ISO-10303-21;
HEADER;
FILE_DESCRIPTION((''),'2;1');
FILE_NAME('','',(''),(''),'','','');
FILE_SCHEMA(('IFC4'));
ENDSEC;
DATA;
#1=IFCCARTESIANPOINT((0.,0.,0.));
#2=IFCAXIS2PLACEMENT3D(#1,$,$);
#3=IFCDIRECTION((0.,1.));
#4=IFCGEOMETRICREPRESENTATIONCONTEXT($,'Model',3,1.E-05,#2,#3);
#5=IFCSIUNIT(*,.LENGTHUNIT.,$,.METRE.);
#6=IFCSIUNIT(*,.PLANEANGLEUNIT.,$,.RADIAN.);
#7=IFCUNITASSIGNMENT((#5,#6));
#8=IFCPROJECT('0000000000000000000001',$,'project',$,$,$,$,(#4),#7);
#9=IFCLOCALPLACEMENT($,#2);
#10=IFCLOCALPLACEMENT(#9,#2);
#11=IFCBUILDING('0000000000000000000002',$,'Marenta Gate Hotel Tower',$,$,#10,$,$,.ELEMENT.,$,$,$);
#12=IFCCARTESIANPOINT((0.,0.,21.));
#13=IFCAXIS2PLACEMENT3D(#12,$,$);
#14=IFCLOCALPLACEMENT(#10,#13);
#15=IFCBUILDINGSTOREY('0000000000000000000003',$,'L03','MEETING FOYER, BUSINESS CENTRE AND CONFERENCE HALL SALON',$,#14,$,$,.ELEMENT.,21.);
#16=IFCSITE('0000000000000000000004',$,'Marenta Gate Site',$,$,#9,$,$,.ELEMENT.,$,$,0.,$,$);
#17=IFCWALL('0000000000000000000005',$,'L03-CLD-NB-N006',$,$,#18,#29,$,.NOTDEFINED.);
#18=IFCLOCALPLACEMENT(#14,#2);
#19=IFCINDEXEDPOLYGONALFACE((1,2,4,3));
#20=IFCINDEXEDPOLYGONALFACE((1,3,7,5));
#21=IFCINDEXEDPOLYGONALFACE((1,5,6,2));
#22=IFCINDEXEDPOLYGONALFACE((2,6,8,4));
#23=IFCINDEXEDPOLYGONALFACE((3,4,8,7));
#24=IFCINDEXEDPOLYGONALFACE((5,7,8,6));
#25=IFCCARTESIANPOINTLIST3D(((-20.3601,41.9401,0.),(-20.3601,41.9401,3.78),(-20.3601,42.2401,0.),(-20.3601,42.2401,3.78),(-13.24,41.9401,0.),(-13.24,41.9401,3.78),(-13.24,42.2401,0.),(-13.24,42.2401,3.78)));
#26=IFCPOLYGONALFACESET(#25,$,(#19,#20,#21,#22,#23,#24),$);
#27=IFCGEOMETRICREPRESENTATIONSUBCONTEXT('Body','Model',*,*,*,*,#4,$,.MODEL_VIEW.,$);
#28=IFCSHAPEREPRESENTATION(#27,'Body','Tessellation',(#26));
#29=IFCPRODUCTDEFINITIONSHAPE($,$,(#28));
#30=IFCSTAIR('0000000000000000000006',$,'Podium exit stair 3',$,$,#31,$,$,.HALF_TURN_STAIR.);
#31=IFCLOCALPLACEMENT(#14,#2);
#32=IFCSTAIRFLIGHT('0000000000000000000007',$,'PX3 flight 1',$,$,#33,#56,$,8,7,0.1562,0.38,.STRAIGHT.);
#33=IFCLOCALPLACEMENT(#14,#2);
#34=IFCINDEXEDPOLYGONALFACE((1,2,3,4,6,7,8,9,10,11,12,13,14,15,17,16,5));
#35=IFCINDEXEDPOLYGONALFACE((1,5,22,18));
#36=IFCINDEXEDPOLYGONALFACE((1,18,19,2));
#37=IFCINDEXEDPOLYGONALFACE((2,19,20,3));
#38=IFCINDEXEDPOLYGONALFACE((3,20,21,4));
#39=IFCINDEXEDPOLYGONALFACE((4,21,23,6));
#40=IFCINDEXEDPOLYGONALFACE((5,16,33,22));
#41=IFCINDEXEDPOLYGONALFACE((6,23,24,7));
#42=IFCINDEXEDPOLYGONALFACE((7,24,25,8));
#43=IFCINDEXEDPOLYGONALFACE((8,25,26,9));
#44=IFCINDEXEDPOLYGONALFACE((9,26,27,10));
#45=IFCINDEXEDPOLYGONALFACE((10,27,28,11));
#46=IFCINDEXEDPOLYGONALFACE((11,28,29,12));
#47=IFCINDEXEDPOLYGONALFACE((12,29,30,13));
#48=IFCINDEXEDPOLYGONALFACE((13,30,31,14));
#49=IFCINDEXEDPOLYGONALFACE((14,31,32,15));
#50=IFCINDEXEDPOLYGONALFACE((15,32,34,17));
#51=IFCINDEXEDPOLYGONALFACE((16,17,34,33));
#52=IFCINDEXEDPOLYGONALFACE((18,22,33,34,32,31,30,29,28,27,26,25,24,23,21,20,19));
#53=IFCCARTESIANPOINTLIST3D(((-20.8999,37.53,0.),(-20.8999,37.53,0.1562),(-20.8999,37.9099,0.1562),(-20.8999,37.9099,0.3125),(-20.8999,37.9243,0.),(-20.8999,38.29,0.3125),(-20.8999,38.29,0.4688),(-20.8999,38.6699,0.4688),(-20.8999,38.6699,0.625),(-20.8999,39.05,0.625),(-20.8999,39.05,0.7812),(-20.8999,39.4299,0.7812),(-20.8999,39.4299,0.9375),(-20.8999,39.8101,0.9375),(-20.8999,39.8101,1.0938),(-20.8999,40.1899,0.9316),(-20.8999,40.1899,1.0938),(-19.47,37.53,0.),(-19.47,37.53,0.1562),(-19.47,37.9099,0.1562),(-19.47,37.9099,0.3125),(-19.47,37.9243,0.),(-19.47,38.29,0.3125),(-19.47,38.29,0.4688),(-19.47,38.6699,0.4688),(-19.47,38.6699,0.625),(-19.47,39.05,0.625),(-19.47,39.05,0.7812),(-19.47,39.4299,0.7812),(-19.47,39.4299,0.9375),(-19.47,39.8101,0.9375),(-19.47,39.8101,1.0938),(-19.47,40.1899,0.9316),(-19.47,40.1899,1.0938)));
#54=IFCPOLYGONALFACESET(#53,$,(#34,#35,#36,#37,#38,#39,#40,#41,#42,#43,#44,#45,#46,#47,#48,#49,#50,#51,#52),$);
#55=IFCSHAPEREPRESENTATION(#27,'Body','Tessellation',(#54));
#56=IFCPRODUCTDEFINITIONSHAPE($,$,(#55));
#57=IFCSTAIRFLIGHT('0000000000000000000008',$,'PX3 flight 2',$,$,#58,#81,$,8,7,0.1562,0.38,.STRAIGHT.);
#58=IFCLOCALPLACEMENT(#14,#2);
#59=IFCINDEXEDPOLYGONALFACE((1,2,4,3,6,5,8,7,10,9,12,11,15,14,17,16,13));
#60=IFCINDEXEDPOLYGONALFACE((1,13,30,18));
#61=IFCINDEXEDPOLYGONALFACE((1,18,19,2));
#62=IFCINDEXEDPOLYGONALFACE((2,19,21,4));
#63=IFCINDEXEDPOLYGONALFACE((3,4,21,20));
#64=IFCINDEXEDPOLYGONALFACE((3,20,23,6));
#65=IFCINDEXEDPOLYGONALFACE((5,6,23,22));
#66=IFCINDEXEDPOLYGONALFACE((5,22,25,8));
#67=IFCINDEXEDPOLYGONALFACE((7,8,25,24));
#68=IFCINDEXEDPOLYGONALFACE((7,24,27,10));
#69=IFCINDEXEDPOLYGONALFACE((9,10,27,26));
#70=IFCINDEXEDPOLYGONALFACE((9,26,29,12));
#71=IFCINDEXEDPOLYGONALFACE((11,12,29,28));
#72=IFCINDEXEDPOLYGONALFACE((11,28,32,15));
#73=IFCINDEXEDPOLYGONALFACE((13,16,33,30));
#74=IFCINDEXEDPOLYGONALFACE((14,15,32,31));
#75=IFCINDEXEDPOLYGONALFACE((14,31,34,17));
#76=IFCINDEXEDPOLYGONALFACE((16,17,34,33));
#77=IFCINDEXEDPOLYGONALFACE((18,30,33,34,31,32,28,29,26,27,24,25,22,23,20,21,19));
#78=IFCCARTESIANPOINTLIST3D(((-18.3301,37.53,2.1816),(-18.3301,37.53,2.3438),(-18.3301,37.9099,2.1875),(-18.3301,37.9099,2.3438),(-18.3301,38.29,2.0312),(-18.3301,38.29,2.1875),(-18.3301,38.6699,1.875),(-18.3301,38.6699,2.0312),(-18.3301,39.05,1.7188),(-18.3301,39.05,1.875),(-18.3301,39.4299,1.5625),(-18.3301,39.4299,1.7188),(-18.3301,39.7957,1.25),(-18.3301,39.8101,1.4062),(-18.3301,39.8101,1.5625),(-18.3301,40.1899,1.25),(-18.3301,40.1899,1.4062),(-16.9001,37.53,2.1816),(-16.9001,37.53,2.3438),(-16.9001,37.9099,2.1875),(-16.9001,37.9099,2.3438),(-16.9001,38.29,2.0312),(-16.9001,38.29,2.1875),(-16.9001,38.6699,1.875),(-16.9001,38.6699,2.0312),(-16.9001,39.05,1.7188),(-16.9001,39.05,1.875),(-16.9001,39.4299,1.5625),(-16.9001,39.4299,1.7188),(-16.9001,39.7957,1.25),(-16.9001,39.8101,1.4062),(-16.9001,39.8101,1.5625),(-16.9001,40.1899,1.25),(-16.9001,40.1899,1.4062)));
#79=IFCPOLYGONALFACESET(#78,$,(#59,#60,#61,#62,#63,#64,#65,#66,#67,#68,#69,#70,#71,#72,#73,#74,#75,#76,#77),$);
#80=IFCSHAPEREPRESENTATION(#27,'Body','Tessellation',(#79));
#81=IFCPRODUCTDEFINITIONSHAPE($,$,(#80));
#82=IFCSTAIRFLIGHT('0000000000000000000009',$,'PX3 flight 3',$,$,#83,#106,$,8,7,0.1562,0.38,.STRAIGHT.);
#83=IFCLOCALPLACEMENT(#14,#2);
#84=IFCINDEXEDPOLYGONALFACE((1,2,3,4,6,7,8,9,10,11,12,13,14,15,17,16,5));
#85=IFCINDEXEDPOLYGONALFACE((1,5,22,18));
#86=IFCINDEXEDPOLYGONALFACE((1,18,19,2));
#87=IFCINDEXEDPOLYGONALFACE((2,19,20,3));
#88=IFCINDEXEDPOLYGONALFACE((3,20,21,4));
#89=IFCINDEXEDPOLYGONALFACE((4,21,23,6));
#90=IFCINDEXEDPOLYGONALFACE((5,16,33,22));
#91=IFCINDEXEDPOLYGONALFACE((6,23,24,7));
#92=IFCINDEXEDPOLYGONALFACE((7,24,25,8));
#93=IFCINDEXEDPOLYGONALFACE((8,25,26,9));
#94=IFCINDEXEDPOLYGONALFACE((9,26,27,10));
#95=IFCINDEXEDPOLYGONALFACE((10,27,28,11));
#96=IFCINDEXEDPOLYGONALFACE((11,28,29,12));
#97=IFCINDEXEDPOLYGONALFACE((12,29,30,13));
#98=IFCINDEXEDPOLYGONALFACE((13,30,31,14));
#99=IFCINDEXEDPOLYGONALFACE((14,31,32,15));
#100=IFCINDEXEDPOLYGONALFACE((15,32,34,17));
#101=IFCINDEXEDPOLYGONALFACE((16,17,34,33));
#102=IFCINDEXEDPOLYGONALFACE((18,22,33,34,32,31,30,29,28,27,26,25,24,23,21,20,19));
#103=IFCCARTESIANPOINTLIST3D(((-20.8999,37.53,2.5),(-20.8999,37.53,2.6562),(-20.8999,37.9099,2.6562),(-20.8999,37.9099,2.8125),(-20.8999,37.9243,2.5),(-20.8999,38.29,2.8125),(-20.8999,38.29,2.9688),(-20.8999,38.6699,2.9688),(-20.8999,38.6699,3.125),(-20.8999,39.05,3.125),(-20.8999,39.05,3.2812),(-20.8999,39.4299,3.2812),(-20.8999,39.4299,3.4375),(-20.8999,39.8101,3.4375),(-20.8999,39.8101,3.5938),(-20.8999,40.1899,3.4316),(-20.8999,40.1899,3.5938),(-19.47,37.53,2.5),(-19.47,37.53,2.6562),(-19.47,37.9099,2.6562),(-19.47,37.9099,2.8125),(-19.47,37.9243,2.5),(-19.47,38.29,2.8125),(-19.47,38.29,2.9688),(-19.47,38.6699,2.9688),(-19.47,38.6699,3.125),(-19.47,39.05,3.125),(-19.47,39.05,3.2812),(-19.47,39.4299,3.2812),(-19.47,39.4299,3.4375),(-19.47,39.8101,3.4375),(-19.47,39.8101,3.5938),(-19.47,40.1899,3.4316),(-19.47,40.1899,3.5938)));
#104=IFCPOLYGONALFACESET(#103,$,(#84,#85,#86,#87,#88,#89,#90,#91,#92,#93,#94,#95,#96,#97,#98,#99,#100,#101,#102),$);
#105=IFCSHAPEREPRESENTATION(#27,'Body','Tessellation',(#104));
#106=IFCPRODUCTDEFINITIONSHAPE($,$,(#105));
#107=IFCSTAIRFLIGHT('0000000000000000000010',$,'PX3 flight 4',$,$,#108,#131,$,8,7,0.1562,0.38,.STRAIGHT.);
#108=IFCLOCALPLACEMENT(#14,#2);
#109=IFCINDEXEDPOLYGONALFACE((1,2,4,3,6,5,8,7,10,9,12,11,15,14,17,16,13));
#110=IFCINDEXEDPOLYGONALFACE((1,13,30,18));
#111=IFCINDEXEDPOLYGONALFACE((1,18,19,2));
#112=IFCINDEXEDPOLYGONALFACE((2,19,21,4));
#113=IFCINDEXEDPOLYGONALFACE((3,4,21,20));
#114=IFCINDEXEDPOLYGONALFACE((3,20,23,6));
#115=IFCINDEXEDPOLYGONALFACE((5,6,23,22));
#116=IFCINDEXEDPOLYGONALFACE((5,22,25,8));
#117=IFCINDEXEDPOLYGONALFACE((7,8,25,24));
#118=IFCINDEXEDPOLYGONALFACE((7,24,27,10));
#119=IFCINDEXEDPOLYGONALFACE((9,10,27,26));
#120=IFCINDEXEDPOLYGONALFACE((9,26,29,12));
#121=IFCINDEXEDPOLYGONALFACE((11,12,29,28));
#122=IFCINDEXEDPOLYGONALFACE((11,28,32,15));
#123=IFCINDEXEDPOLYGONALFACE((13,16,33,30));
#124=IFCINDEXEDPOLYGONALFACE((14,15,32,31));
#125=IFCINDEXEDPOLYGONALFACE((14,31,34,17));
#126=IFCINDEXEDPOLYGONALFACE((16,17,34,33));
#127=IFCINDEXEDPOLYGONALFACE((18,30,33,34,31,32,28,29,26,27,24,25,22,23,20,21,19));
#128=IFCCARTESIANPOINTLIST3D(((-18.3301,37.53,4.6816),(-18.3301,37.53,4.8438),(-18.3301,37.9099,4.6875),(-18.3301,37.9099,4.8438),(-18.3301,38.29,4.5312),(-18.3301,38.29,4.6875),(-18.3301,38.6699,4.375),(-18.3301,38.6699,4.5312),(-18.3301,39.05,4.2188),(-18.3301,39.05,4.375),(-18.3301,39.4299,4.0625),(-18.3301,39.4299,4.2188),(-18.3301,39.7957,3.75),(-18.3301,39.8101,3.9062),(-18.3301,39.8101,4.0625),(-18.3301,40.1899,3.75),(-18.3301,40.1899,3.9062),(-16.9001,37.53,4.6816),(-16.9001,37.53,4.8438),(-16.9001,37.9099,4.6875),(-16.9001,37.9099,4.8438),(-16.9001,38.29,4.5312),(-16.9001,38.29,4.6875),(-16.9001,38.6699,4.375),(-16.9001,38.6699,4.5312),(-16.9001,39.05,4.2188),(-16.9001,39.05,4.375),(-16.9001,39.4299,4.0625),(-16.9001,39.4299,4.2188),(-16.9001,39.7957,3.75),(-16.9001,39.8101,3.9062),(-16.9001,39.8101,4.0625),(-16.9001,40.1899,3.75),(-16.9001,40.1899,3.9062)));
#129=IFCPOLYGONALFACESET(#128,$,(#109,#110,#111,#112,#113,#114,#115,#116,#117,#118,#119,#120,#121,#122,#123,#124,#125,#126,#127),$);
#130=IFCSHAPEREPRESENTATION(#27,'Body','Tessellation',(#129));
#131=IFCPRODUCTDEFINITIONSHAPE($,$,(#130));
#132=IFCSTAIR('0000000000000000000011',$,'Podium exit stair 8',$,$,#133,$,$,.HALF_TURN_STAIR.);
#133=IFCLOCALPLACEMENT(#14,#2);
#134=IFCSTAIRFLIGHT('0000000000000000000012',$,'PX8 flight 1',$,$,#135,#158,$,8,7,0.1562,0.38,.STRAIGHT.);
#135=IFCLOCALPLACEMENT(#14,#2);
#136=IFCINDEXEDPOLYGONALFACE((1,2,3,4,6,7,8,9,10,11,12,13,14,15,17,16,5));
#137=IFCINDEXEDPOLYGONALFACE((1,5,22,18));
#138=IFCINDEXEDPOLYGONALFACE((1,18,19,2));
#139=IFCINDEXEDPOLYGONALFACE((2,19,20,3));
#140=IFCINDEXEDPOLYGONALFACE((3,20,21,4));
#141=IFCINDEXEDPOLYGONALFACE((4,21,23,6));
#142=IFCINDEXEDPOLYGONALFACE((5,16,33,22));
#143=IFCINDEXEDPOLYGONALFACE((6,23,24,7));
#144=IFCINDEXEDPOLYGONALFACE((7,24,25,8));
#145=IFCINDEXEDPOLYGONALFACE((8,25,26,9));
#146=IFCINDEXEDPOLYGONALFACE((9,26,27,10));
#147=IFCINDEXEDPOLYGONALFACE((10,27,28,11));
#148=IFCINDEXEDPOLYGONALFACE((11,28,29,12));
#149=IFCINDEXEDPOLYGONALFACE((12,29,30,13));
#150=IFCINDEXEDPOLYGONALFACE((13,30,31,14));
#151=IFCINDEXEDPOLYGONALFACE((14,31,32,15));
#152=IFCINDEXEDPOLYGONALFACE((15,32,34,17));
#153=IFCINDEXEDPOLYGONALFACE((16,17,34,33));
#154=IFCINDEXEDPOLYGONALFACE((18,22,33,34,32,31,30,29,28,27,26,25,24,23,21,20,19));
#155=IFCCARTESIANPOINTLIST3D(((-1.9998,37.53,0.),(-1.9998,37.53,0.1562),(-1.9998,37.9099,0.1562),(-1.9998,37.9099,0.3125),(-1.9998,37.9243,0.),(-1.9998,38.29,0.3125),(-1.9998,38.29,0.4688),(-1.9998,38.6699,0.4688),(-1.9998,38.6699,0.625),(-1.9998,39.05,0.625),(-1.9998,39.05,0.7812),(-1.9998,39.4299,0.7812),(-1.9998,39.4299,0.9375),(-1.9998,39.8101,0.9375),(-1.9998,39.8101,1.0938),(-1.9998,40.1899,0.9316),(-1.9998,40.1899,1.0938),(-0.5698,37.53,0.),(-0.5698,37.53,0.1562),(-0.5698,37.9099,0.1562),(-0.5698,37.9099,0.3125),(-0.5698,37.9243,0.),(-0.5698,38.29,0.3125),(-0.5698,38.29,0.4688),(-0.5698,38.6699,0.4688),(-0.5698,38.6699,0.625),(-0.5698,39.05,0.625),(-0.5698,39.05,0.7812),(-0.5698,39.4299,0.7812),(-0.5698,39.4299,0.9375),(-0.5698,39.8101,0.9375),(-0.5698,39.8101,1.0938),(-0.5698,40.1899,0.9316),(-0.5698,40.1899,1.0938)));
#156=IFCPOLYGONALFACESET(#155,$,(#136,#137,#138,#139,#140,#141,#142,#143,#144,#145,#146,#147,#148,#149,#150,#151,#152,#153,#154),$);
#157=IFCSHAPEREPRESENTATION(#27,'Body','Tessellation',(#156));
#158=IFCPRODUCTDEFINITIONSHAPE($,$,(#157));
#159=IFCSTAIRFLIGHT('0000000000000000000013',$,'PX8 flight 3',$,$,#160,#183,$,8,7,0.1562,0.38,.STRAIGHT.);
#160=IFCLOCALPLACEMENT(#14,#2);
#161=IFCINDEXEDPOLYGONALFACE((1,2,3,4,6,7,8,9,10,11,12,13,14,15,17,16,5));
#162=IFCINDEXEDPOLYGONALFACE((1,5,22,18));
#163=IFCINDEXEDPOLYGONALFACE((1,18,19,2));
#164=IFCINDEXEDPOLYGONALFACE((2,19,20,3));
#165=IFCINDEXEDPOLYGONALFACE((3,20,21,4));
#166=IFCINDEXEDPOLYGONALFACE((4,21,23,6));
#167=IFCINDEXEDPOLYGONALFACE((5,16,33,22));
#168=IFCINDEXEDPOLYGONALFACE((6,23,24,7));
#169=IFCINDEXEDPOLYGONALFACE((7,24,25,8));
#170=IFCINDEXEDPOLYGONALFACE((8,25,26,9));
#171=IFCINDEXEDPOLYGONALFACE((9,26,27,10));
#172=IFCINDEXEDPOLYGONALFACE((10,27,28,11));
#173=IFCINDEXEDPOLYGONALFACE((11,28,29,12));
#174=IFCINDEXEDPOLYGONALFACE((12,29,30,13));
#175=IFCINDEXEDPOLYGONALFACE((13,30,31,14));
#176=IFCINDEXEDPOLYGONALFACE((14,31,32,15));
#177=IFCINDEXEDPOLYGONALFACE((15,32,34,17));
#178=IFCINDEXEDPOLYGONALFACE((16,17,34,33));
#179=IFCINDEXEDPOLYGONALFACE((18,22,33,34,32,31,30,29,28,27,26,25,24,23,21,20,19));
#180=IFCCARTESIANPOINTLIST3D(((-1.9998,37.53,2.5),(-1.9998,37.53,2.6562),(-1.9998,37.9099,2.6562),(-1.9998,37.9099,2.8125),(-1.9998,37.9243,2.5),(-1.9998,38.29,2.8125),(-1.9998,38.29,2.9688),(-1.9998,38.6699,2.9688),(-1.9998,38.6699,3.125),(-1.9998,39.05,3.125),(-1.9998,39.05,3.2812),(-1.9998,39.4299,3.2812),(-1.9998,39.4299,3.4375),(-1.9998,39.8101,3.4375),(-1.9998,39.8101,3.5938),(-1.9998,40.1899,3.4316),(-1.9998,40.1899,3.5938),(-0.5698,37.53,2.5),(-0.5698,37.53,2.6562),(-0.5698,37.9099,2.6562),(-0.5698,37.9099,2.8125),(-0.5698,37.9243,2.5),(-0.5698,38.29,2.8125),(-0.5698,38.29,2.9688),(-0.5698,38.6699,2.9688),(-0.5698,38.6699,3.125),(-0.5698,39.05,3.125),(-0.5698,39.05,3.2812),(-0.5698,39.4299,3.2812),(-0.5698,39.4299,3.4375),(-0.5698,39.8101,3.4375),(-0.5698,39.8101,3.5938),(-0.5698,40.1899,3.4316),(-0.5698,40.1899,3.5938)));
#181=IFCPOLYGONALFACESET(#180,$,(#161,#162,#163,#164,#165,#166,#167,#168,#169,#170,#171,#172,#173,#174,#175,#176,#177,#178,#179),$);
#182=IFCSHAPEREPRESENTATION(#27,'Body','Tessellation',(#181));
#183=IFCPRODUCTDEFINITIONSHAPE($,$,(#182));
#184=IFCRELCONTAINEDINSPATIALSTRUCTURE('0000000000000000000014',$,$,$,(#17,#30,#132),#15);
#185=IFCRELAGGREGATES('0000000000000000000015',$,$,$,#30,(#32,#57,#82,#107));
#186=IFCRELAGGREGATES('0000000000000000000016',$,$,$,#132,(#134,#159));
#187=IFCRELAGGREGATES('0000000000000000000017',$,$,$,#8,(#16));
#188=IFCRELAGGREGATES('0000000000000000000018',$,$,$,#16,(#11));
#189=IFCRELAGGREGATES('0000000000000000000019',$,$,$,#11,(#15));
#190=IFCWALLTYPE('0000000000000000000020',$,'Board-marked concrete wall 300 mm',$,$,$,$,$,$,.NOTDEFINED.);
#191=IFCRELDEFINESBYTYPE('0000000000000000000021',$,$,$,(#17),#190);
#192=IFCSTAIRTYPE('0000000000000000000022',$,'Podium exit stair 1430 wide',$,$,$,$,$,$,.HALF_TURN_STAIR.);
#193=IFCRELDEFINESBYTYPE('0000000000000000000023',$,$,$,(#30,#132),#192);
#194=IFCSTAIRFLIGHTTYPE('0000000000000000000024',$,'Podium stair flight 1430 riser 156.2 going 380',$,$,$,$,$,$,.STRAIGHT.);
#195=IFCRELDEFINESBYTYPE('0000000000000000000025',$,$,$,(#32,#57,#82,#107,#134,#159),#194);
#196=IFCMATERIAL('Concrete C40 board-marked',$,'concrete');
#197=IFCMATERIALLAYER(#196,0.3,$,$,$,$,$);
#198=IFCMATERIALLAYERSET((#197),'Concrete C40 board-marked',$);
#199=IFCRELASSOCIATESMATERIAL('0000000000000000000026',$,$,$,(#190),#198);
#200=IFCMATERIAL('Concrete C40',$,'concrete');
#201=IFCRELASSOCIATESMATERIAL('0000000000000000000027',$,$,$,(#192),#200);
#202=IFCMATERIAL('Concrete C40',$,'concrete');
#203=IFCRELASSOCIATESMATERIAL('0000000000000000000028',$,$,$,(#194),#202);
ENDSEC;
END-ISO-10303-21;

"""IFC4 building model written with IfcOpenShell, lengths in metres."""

from ifc_helpers import new_model, si_unit, direction, frame, frame_2d, origin, place, context, subcontext, project, spatial, polyline, rectangle, outline, extrude, material, layer, layer_set, type_object, element, aggregate, save


model = new_model("IFC4")

# Units and contexts
model_context = context("Model", 3, precision=1e-05, world=origin(), true_north=direction((0.0, 1.0)))
body_context = subcontext(model_context, "Body", "Model", "MODEL_VIEW")
ifc_project = project(units=[si_unit("LENGTHUNIT", "METRE"), si_unit("PLANEANGLEUNIT", "RADIAN")], contexts=[model_context])

# Site, building, storey
site_placement = place(None, origin())
site = spatial("IfcSite", under=ifc_project, at=site_placement, Name="Marenta Gate Site", CompositionType="ELEMENT", RefElevation=0.0)
building_placement = place(site_placement, origin())
building = spatial("IfcBuilding", under=site, at=building_placement, Name="Marenta Gate Hotel Tower", CompositionType="ELEMENT")
storey_placement = place(building_placement, frame((0.0, 0.0, 21.0)))
storey = spatial("IfcBuildingStorey", under=building, at=storey_placement, Name="L03", Description="MEETING FOYER, BUSINESS CENTRE AND CONFERENCE HALL SALON", CompositionType="ELEMENT", Elevation=21.0)

# Wall
ifc_material_1 = material(Name="Concrete C40 board-marked", Category="concrete")
ifc_layer = layer(ifc_material_1, 0.3)
ifc_layer_set = layer_set([ifc_layer], Name="Concrete C40 board-marked")
wall_type = type_object("IfcWallType", Name="Board-marked concrete wall 300 mm", PredefinedType="NOTDEFINED", material=ifc_layer_set)
wall_1_placement = place(storey_placement, frame((-13.24, 42.0901, 0.0), z_axis=(0.0, 0.0, 1.0), x_axis=(-1.0, 0.0, 0.0)))
element("IfcWall", 1, at=wall_1_placement, inside=storey, type_object=wall_type, Name="L03-CLD-NB-N006", PredefinedType="NOTDEFINED", context=body_context, shape_type="SweptSolid", body=[
    extrude(rectangle(XDim=7.1201, YDim=0.3, at=frame_2d((3.5601, 0.0))), origin(), (0.0, 0.0, 1.0), 3.78),
])

# Stairs, stair flights
ifc_material_2 = material(Name="Concrete C40", Category="concrete")
stair_type = type_object("IfcStairType", Name="Podium exit stair 1430 wide", PredefinedType="HALF_TURN_STAIR", material=ifc_material_2)
stair_1_placement = place(storey_placement, origin())
stair_1 = element("IfcStair", 2, at=stair_1_placement, inside=storey, type_object=stair_type, Name="Podium exit stair 3", PredefinedType="HALF_TURN_STAIR")
ifc_material_3 = material(Name="Concrete C40", Category="concrete")
stair_flight_type = type_object("IfcStairFlightType", Name="Podium stair flight 1430 riser 156.2 going 380", PredefinedType="STRAIGHT", material=ifc_material_3)
stair_flight_1_placement = place(storey_placement, frame((-20.1851, 37.53, 0.0), z_axis=(0.0, 0.0, 1.0), x_axis=(0.0, 1.0, 0.0)))
stair_flight_1 = element("IfcStairFlight", 3, at=stair_flight_1_placement, type_object=stair_flight_type, Name="PX3 flight 1", NumberOfRisers=8, NumberOfTreads=7, PredefinedType="STRAIGHT", RiserHeight=0.1562, TreadLength=0.38, context=body_context, shape_type="SweptSolid", body=[
    extrude(outline(polyline([(0.0, 0.0), (0.0, 0.1562), (0.3799, 0.1562), (0.3799, 0.3125), (0.76, 0.3125), (0.76, 0.4688), (1.1399, 0.4688), (1.1399, 0.625), (1.52, 0.625), (1.52, 0.7812), (1.8999, 0.7812), (1.8999, 0.9375), (2.28, 0.9375), (2.28, 1.0938), (2.6599, 1.0938), (2.6599, 1.25), (2.6599, 0.9316), (0.3943, 0.0), (0.0, 0.0)])), frame((0.0, 0.7148, 0.0), z_axis=(0.0, -1.0, 0.0), x_axis=(1.0, 0.0, 0.0)), (0.0, 0.0, 1.0), 1.4299),
])
stair_flight_2_placement = place(storey_placement, frame((-17.615, 40.1899, 1.25), z_axis=(0.0, 0.0, 1.0), x_axis=(0.0, -1.0, 0.0)))
stair_flight_2 = element("IfcStairFlight", 4, at=stair_flight_2_placement, type_object=stair_flight_type, Name="PX3 flight 2", NumberOfRisers=8, NumberOfTreads=7, PredefinedType="STRAIGHT", RiserHeight=0.1562, TreadLength=0.38, context=body_context, shape_type="SweptSolid", body=[
    extrude(outline(polyline([(0.0, 0.0), (0.0, 0.1562), (0.3799, 0.1562), (0.3799, 0.3125), (0.76, 0.3125), (0.76, 0.4688), (1.1399, 0.4688), (1.1399, 0.625), (1.52, 0.625), (1.52, 0.7812), (1.8999, 0.7812), (1.8999, 0.9375), (2.28, 0.9375), (2.28, 1.0938), (2.6599, 1.0938), (2.6599, 1.25), (2.6599, 0.9316), (0.3943, 0.0), (0.0, 0.0)])), frame((0.0, 0.7148, 0.0), z_axis=(0.0, -1.0, 0.0), x_axis=(1.0, 0.0, 0.0)), (0.0, 0.0, 1.0), 1.4299),
])
stair_flight_3_placement = place(storey_placement, frame((-20.1851, 37.53, 2.5), z_axis=(0.0, 0.0, 1.0), x_axis=(0.0, 1.0, 0.0)))
stair_flight_3 = element("IfcStairFlight", 5, at=stair_flight_3_placement, type_object=stair_flight_type, Name="PX3 flight 3", NumberOfRisers=8, NumberOfTreads=7, PredefinedType="STRAIGHT", RiserHeight=0.1562, TreadLength=0.38, context=body_context, shape_type="SweptSolid", body=[
    extrude(outline(polyline([(0.0, 0.0), (0.0, 0.1562), (0.3799, 0.1562), (0.3799, 0.3125), (0.76, 0.3125), (0.76, 0.4688), (1.1399, 0.4688), (1.1399, 0.625), (1.52, 0.625), (1.52, 0.7812), (1.8999, 0.7812), (1.8999, 0.9375), (2.28, 0.9375), (2.28, 1.0938), (2.6599, 1.0938), (2.6599, 1.25), (2.6599, 0.9316), (0.3943, 0.0), (0.0, 0.0)])), frame((0.0, 0.7148, 0.0), z_axis=(0.0, -1.0, 0.0), x_axis=(1.0, 0.0, 0.0)), (0.0, 0.0, 1.0), 1.4299),
])
stair_flight_4_placement = place(storey_placement, frame((-17.615, 40.1899, 3.75), z_axis=(0.0, 0.0, 1.0), x_axis=(0.0, -1.0, 0.0)))
stair_flight_4 = element("IfcStairFlight", 6, at=stair_flight_4_placement, type_object=stair_flight_type, Name="PX3 flight 4", NumberOfRisers=8, NumberOfTreads=7, PredefinedType="STRAIGHT", RiserHeight=0.1562, TreadLength=0.38, context=body_context, shape_type="SweptSolid", body=[
    extrude(outline(polyline([(0.0, 0.0), (0.0, 0.1562), (0.3799, 0.1562), (0.3799, 0.3125), (0.76, 0.3125), (0.76, 0.4688), (1.1399, 0.4688), (1.1399, 0.625), (1.52, 0.625), (1.52, 0.7812), (1.8999, 0.7812), (1.8999, 0.9375), (2.28, 0.9375), (2.28, 1.0938), (2.6599, 1.0938), (2.6599, 1.25), (2.6599, 0.9316), (0.3943, 0.0), (0.0, 0.0)])), frame((0.0, 0.7148, 0.0), z_axis=(0.0, -1.0, 0.0), x_axis=(1.0, 0.0, 0.0)), (0.0, 0.0, 1.0), 1.4299),
])
aggregate(stair_1, [stair_flight_1, stair_flight_2, stair_flight_3, stair_flight_4])
stair_2_placement = place(storey_placement, origin())
stair_2 = element("IfcStair", 7, at=stair_2_placement, inside=storey, type_object=stair_type, Name="Podium exit stair 8", PredefinedType="HALF_TURN_STAIR")
stair_flight_5_placement = place(storey_placement, frame((-1.2849, 37.53, 0.0), z_axis=(0.0, 0.0, 1.0), x_axis=(0.0, 1.0, 0.0)))
stair_flight_5 = element("IfcStairFlight", 8, at=stair_flight_5_placement, type_object=stair_flight_type, Name="PX8 flight 1", NumberOfRisers=8, NumberOfTreads=7, PredefinedType="STRAIGHT", RiserHeight=0.1562, TreadLength=0.38, context=body_context, shape_type="SweptSolid", body=[
    extrude(outline(polyline([(0.0, 0.0), (0.0, 0.1562), (0.3799, 0.1562), (0.3799, 0.3125), (0.76, 0.3125), (0.76, 0.4688), (1.1399, 0.4688), (1.1399, 0.625), (1.52, 0.625), (1.52, 0.7812), (1.8999, 0.7812), (1.8999, 0.9375), (2.28, 0.9375), (2.28, 1.0938), (2.6599, 1.0938), (2.6599, 1.25), (2.6599, 0.9316), (0.3943, 0.0), (0.0, 0.0)])), frame((0.0, 0.7148, 0.0), z_axis=(0.0, -1.0, 0.0), x_axis=(1.0, 0.0, 0.0)), (0.0, 0.0, 1.0), 1.4299),
])
stair_flight_6_placement = place(storey_placement, frame((-1.2849, 37.53, 2.5), z_axis=(0.0, 0.0, 1.0), x_axis=(0.0, 1.0, 0.0)))
stair_flight_6 = element("IfcStairFlight", 9, at=stair_flight_6_placement, type_object=stair_flight_type, Name="PX8 flight 3", NumberOfRisers=8, NumberOfTreads=7, PredefinedType="STRAIGHT", RiserHeight=0.1562, TreadLength=0.38, context=body_context, shape_type="SweptSolid", body=[
    extrude(outline(polyline([(0.0, 0.0), (0.0, 0.1562), (0.3799, 0.1562), (0.3799, 0.3125), (0.76, 0.3125), (0.76, 0.4688), (1.1399, 0.4688), (1.1399, 0.625), (1.52, 0.625), (1.52, 0.7812), (1.8999, 0.7812), (1.8999, 0.9375), (2.28, 0.9375), (2.28, 1.0938), (2.6599, 1.0938), (2.6599, 1.25), (2.6599, 0.9316), (0.3943, 0.0), (0.0, 0.0)])), frame((0.0, 0.7148, 0.0), z_axis=(0.0, -1.0, 0.0), x_axis=(1.0, 0.0, 0.0)), (0.0, 0.0, 1.0), 1.4299),
])
aggregate(stair_2, [stair_flight_5, stair_flight_6])

save(model, "model.ifc")
